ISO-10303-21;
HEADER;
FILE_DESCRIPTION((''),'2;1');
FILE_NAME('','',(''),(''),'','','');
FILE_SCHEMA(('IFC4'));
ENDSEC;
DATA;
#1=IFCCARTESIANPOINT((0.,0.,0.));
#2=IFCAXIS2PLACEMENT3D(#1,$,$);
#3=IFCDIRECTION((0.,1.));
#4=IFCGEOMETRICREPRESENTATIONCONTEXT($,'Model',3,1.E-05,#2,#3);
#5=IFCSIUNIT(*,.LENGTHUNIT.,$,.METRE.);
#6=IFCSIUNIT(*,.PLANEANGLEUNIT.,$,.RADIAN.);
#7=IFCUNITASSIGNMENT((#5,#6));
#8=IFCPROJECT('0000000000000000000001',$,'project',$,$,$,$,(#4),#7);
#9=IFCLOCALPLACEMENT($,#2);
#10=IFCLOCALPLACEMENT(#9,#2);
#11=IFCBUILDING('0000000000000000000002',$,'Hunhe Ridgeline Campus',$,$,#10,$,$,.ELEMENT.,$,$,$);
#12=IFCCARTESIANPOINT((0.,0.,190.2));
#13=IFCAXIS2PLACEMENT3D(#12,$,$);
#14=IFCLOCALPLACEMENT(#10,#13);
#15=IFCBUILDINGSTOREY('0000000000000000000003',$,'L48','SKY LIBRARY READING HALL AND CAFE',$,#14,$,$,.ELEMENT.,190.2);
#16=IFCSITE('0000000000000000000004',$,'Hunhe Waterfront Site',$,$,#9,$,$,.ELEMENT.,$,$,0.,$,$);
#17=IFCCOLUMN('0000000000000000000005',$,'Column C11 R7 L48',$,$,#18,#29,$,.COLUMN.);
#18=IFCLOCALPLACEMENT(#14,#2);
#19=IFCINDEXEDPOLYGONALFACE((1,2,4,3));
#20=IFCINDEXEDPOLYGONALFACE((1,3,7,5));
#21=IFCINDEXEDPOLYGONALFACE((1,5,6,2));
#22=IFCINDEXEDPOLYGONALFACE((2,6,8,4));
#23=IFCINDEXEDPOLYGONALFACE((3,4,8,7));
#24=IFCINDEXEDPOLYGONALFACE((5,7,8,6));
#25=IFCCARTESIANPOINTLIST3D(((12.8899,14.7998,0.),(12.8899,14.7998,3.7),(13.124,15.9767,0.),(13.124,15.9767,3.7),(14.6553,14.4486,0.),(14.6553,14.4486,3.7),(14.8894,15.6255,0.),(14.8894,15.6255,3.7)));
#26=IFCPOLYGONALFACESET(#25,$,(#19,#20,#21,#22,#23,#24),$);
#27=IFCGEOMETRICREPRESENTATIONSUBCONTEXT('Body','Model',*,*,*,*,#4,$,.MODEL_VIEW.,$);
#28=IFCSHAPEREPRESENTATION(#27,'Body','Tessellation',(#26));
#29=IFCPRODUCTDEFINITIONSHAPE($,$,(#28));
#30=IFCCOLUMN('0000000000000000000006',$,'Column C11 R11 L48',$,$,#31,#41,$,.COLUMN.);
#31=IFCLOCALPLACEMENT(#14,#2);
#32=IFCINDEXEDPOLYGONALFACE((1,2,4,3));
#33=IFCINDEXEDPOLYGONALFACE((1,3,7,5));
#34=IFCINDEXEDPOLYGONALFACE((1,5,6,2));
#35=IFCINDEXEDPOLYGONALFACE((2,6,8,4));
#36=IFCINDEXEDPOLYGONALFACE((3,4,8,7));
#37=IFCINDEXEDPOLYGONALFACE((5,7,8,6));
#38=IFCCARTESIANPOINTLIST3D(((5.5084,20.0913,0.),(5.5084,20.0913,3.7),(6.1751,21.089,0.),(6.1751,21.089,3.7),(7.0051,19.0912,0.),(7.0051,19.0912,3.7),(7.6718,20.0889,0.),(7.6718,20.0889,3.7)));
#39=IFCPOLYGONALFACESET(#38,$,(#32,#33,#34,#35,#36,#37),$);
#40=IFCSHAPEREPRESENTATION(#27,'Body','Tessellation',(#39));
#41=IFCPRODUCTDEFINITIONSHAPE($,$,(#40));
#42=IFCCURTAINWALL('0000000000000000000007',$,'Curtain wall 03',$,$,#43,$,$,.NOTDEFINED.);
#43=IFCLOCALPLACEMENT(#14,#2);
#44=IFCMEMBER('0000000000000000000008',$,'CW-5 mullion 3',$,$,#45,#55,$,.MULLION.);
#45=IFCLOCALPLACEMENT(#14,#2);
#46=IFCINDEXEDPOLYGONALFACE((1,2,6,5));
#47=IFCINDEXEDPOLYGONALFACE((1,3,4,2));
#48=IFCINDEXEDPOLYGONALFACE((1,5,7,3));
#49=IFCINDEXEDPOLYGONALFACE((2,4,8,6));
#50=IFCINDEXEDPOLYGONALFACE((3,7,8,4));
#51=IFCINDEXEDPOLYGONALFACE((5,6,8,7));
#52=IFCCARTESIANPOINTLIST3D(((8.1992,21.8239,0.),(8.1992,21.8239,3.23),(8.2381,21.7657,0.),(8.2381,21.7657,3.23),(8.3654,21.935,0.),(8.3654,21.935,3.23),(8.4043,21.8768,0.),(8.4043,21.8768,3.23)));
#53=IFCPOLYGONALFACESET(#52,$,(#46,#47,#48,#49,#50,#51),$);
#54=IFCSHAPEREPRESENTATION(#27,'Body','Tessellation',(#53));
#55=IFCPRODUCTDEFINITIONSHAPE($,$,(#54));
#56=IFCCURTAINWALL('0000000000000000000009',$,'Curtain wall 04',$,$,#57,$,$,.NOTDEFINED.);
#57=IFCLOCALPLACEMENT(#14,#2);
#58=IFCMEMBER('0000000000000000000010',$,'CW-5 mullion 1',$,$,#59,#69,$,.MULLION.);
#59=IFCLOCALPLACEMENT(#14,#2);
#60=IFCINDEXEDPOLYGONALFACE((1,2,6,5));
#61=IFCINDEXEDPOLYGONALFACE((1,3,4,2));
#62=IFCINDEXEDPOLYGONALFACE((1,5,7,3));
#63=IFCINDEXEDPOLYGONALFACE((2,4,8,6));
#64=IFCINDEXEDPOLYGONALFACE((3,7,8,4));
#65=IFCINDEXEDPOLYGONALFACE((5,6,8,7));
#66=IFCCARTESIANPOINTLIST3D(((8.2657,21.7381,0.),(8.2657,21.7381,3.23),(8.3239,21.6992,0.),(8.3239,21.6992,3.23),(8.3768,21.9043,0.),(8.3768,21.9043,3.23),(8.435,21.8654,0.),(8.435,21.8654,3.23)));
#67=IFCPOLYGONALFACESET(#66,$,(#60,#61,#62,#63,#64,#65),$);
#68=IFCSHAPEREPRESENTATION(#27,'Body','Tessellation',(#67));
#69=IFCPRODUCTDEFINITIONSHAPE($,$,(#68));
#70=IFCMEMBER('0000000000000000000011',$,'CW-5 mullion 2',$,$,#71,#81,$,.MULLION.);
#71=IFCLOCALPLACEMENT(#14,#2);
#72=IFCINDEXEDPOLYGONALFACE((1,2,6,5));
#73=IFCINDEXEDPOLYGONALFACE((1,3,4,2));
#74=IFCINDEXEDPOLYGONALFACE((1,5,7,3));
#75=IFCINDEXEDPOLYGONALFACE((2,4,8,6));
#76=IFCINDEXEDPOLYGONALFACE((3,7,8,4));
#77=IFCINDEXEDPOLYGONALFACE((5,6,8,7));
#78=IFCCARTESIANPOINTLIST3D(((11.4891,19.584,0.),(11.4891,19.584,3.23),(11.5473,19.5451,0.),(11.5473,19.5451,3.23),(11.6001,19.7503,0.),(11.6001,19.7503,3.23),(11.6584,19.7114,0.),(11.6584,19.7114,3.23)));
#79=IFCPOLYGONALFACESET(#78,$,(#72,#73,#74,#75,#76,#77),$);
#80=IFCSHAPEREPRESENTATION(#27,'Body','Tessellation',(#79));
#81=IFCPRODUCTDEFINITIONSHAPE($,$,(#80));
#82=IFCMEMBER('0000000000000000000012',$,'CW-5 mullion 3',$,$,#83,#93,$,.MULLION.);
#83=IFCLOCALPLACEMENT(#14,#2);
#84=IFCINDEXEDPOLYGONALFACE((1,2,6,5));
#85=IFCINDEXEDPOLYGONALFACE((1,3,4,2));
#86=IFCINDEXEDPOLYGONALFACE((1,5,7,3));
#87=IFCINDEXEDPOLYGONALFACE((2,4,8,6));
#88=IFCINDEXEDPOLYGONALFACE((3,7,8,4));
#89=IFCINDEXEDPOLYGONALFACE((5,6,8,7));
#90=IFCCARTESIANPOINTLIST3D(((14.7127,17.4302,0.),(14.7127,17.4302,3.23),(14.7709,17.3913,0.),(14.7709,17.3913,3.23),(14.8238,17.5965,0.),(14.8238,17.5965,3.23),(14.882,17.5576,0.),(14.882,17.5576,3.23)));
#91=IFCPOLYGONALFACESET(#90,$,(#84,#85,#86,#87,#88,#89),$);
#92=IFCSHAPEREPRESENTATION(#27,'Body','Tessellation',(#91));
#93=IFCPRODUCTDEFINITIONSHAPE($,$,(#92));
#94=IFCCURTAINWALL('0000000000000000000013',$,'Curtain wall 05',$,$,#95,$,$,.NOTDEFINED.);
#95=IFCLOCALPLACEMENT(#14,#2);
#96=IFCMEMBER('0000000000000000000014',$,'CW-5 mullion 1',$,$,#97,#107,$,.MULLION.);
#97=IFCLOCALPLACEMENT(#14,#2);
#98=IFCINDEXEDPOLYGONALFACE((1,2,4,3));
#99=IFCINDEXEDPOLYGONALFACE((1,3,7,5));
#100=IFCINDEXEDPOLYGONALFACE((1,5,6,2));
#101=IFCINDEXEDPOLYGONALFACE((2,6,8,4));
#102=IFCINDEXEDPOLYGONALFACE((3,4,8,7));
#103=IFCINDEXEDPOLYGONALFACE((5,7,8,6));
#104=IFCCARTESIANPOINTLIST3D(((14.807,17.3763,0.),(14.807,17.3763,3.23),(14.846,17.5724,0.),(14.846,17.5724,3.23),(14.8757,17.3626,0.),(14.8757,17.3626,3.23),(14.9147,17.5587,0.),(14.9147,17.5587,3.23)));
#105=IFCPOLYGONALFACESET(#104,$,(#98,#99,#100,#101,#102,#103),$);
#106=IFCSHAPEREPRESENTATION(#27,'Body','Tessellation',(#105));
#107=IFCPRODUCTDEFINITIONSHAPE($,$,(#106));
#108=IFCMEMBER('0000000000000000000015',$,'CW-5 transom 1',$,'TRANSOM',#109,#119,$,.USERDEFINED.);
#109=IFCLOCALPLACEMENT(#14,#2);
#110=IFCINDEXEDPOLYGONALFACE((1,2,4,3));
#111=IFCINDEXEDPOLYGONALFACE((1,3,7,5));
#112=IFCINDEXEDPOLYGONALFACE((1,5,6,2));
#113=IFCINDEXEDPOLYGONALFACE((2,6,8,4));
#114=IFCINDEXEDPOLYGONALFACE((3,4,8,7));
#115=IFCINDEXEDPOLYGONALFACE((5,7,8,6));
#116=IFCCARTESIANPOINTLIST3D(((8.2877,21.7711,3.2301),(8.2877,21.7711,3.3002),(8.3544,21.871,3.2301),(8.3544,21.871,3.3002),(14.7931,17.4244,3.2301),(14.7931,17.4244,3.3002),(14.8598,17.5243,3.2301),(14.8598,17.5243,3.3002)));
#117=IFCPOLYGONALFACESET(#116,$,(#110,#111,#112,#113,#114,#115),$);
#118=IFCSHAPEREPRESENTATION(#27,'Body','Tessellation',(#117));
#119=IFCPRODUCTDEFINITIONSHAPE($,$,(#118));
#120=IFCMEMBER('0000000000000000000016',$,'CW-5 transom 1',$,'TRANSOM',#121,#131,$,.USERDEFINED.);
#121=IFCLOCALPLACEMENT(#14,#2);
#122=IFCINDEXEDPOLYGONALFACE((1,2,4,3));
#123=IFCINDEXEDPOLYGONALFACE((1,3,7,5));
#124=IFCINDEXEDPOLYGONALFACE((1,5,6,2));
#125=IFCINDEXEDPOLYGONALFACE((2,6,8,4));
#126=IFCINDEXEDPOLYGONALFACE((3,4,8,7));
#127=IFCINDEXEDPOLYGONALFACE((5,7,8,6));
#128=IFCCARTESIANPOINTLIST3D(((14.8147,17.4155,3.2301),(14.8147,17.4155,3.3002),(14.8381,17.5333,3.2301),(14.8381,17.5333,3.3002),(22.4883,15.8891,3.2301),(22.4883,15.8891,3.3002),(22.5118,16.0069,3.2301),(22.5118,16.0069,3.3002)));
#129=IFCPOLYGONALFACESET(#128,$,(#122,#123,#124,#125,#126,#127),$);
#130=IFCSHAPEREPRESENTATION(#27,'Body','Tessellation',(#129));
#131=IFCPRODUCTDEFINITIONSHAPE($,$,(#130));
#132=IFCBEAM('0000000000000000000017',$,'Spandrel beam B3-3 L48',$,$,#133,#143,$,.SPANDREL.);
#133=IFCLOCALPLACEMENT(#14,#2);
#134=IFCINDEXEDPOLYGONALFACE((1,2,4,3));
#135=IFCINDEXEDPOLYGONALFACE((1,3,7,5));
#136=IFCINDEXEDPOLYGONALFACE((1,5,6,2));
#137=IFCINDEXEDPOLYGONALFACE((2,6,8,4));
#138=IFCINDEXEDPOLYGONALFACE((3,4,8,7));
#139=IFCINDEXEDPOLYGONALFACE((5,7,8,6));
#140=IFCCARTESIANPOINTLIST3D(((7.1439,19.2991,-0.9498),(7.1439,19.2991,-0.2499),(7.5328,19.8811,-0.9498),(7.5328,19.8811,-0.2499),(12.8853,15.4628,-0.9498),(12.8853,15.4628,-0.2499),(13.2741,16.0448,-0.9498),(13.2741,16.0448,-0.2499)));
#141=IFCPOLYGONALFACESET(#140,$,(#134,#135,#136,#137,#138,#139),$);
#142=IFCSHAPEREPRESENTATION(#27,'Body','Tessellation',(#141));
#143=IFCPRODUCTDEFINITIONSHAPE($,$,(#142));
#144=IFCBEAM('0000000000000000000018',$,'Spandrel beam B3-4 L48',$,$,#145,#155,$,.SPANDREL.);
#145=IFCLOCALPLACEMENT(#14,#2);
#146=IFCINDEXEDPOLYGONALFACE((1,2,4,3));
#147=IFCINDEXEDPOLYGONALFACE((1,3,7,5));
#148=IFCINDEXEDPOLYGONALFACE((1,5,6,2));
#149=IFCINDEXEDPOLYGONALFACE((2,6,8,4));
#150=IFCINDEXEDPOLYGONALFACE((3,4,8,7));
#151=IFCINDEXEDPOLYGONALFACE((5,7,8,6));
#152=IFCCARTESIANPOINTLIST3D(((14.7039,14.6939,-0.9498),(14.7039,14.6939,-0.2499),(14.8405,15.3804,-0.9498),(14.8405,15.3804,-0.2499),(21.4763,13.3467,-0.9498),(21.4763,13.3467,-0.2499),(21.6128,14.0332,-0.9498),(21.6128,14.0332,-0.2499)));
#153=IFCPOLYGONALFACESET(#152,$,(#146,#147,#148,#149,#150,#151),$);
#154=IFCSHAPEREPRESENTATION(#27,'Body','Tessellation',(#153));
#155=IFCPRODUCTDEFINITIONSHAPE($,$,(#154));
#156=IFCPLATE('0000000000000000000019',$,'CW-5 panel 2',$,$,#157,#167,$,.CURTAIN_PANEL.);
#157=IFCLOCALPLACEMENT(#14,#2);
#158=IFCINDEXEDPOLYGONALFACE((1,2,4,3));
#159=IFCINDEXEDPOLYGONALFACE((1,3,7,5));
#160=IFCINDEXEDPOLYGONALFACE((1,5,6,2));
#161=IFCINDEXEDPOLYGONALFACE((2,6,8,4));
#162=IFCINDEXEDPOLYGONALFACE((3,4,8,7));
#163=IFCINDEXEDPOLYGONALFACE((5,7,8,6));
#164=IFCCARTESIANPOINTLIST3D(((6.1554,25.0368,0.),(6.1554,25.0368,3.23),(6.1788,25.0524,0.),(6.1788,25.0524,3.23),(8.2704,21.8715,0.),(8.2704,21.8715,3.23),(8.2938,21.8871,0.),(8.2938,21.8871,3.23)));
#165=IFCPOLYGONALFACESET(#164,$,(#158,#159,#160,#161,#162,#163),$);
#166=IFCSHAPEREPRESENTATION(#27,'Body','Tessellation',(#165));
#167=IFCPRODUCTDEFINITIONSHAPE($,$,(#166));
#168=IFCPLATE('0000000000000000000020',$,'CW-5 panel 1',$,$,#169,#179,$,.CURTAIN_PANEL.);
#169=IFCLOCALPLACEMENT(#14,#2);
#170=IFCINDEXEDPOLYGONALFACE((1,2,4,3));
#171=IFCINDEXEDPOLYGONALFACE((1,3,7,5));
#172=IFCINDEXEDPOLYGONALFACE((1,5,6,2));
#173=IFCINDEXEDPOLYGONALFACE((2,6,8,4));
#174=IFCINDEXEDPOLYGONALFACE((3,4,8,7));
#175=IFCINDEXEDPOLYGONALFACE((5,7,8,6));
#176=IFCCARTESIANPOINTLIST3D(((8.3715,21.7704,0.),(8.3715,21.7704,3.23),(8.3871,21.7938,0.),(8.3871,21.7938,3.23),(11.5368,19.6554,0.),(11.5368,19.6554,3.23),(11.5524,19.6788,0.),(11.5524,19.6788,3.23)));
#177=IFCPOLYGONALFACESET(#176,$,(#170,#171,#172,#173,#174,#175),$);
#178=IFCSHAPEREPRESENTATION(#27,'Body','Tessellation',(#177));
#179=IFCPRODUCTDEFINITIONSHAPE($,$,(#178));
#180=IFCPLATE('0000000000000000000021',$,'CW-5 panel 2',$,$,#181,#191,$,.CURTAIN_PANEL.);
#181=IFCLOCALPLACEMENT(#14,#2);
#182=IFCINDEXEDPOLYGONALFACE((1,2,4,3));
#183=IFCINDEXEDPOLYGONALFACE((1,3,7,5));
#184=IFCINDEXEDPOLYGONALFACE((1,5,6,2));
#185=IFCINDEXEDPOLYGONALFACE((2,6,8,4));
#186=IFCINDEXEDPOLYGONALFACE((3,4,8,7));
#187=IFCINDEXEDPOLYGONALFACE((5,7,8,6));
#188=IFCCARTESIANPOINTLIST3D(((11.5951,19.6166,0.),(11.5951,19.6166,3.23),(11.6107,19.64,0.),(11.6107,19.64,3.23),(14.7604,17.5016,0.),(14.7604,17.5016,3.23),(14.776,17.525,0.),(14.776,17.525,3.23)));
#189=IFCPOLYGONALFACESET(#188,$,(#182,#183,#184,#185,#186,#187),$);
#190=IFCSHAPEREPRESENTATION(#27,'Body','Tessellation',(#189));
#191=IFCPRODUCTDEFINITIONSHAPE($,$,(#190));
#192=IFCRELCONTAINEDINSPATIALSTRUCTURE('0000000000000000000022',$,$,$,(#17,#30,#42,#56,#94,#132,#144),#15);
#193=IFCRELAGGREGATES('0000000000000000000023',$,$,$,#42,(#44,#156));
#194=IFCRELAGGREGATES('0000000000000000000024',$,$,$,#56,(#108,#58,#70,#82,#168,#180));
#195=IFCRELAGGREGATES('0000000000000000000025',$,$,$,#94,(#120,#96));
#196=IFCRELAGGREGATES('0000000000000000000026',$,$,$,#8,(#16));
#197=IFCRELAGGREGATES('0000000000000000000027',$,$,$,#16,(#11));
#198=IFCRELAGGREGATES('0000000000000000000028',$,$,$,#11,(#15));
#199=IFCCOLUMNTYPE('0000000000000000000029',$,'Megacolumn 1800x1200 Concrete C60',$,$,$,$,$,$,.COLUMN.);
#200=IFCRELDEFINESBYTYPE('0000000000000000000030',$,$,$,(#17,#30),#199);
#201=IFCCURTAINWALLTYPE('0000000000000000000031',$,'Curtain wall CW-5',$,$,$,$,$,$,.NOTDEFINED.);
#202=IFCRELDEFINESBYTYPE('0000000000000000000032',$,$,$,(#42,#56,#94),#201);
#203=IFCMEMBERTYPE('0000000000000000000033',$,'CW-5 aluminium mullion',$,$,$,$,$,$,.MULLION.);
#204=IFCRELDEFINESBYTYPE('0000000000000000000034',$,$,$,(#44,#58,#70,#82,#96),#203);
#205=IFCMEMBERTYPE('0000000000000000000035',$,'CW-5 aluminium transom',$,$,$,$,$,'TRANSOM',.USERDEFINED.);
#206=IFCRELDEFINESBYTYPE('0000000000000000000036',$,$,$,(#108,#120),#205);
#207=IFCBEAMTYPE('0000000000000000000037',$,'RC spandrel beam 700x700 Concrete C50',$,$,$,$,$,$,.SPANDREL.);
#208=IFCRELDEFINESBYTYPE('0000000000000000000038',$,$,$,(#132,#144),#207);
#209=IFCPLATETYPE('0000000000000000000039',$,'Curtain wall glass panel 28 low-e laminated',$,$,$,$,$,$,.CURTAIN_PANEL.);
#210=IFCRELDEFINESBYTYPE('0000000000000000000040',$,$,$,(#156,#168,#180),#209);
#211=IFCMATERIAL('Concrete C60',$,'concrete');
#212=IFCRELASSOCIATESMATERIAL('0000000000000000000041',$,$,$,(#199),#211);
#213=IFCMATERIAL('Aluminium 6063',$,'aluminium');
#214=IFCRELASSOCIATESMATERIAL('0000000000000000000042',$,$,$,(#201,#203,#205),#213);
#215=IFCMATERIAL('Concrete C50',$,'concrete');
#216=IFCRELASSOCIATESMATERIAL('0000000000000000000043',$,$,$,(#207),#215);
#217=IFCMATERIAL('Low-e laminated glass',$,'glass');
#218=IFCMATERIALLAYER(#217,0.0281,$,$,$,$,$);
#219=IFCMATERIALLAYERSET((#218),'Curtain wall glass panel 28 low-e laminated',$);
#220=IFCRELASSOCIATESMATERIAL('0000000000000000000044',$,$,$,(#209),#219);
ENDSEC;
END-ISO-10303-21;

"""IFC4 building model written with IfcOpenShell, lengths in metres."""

from ifc_helpers import new_model, si_unit, direction, frame, origin, origin_2d, place, context, subcontext, project, spatial, rectangle, extrude, material, layer, layer_set, material_profile, profile_set, type_object, element, aggregate, save


model = new_model("IFC4")

# Units and contexts
model_context = context("Model", 3, precision=1e-05, world=origin(), true_north=direction((0.0, 1.0)))
body_context = subcontext(model_context, "Body", "Model", "MODEL_VIEW")
ifc_project = project(units=[si_unit("LENGTHUNIT", "METRE"), si_unit("PLANEANGLEUNIT", "RADIAN")], contexts=[model_context])

# Site, building, storey
site_placement = place(None, origin())
site = spatial("IfcSite", under=ifc_project, at=site_placement, Name="Hunhe Waterfront Site", CompositionType="ELEMENT", RefElevation=0.0)
building_placement = place(site_placement, origin())
building = spatial("IfcBuilding", under=site, at=building_placement, Name="Hunhe Ridgeline Campus", CompositionType="ELEMENT")
storey_placement = place(building_placement, frame((0.0, 0.0, 190.2)))
storey = spatial("IfcBuildingStorey", under=building, at=storey_placement, Name="L48", Description="SKY LIBRARY READING HALL AND CAFE", CompositionType="ELEMENT", Elevation=190.2)

# Columns
ifc_material_1 = material(Name="Concrete C60", Category="concrete")
ifc_material_profile_1 = material_profile(ifc_material_1, rectangle(XDim=1.8, YDim=1.2, at=origin_2d()))
ifc_profile_set_1 = profile_set([ifc_material_profile_1], Name="Concrete C60")
column_type = type_object("IfcColumnType", Name="Megacolumn 1800x1200 Concrete C60", PredefinedType="COLUMN", material=ifc_profile_set_1)
for number, where, z_axis, x_axis, name in (
    (1, (13.8896, 15.2126, 0.0), (0.0, 0.0, 1.0), (-0.980785, 0.19509, 0.0), "Column C11 R7 L48"),
    (2, (6.5901, 20.0901, 0.0), (0.0, 0.0, 1.0), (-0.83147, 0.55557, 0.0), "Column C11 R11 L48"),
):
    element("IfcColumn", number, at=place(storey_placement, frame(where, z_axis=z_axis, x_axis=x_axis)), inside=storey, type_object=column_type, Name=name, PredefinedType="COLUMN", context=body_context, shape_type="SweptSolid", body=[
        extrude(rectangle(XDim=1.8, YDim=1.2, at=origin_2d()), origin(), (0.0, 0.0, 1.0), 3.7),
    ])

# Curtain wall, member
ifc_material_2 = material(Name="Aluminium 6063", Category="aluminium")
curtain_wall_type = type_object("IfcCurtainWallType", Name="Curtain wall CW-5", PredefinedType="NOTDEFINED", material=ifc_material_2)
curtain_wall_1_placement = place(storey_placement, origin())
curtain_wall_1 = element("IfcCurtainWall", 3, at=curtain_wall_1_placement, inside=storey, type_object=curtain_wall_type, Name="Curtain wall 03", PredefinedType="NOTDEFINED")
ifc_material_profile_2 = material_profile(ifc_material_2, rectangle(XDim=0.2, YDim=0.0701, at=origin_2d()))
ifc_profile_set_2 = profile_set([ifc_material_profile_2], Name="Aluminium 6063")
member_type_1 = type_object("IfcMemberType", Name="CW-5 aluminium mullion", PredefinedType="MULLION", material=ifc_profile_set_2)
member_1_placement = place(storey_placement, frame((8.3018, 21.8503, 0.0), z_axis=(0.0, 0.0, 1.0), x_axis=(0.83147, 0.55557, 0.0)))
member_1 = element("IfcMember", 4, at=member_1_placement, type_object=member_type_1, Name="CW-5 mullion 3", PredefinedType="MULLION", context=body_context, shape_type="SweptSolid", body=[
    extrude(rectangle(XDim=0.2, YDim=0.0701, at=origin_2d()), origin(), (0.0, 0.0, 1.0), 3.23),
])

# Curtain wall, members
curtain_wall_2_placement = place(storey_placement, origin())
curtain_wall_2 = element("IfcCurtainWall", 5, at=curtain_wall_2_placement, inside=storey, type_object=curtain_wall_type, Name="Curtain wall 04", PredefinedType="NOTDEFINED")
member_2_placement = place(storey_placement, frame((8.3503, 21.8018, 0.0), z_axis=(0.0, 0.0, 1.0), x_axis=(0.55557, 0.83147, 0.0)))
member_2 = element("IfcMember", 6, at=member_2_placement, type_object=member_type_1, Name="CW-5 mullion 1", PredefinedType="MULLION", context=body_context, shape_type="SweptSolid", body=[
    extrude(rectangle(XDim=0.2, YDim=0.0701, at=origin_2d()), origin(), (0.0, 0.0, 1.0), 3.23),
])
member_3_placement = place(storey_placement, frame((11.5737, 19.6477, 0.0), z_axis=(0.0, 0.0, 1.0), x_axis=(0.55557, 0.83147, 0.0)))
member_3 = element("IfcMember", 7, at=member_3_placement, type_object=member_type_1, Name="CW-5 mullion 2", PredefinedType="MULLION", context=body_context, shape_type="SweptSolid", body=[
    extrude(rectangle(XDim=0.2, YDim=0.0701, at=origin_2d()), origin(), (0.0, 0.0, 1.0), 3.23),
])
member_4_placement = place(storey_placement, frame((14.7974, 17.4939, 0.0), z_axis=(0.0, 0.0, 1.0), x_axis=(0.55557, 0.83147, 0.0)))
member_4 = element("IfcMember", 8, at=member_4_placement, type_object=member_type_1, Name="CW-5 mullion 3", PredefinedType="MULLION", context=body_context, shape_type="SweptSolid", body=[
    extrude(rectangle(XDim=0.2, YDim=0.0701, at=origin_2d()), origin(), (0.0, 0.0, 1.0), 3.23),
])

# Curtain wall, member
curtain_wall_3_placement = place(storey_placement, origin())
curtain_wall_3 = element("IfcCurtainWall", 9, at=curtain_wall_3_placement, inside=storey, type_object=curtain_wall_type, Name="Curtain wall 05", PredefinedType="NOTDEFINED")
member_5_placement = place(storey_placement, frame((14.8608, 17.4675, 0.0), z_axis=(0.0, 0.0, 1.0), x_axis=(0.19509, 0.980785, 0.0)))
member_5 = element("IfcMember", 10, at=member_5_placement, type_object=member_type_1, Name="CW-5 mullion 1", PredefinedType="MULLION", context=body_context, shape_type="SweptSolid", body=[
    extrude(rectangle(XDim=0.2, YDim=0.0701, at=origin_2d()), origin(), (0.0, 0.0, 1.0), 3.23),
])

# Members
ifc_material_profile_3 = material_profile(ifc_material_2, rectangle(XDim=0.1201, YDim=0.0701, at=origin_2d()))
ifc_profile_set_3 = profile_set([ifc_material_profile_3], Name="Aluminium 6063")
member_type_2 = type_object("IfcMemberType", Name="CW-5 aluminium transom", ElementType="TRANSOM", PredefinedType="USERDEFINED", material=ifc_profile_set_3)
member_6_placement = place(storey_placement, frame((8.321, 21.821, 3.2651), z_axis=(0.831474, -0.555564, 0.0), x_axis=(0.555564, 0.831474, 0.0)))
member_6 = element("IfcMember", 11, at=member_6_placement, type_object=member_type_2, Name="CW-5 transom 1", ObjectType="TRANSOM", PredefinedType="USERDEFINED", context=body_context, shape_type="SweptSolid", body=[
    extrude(rectangle(XDim=0.1201, YDim=0.0701, at=origin_2d()), origin(), (0.0, 0.0, 1.0), 7.824),
])
member_7_placement = place(storey_placement, frame((14.8264, 17.4744, 3.2651), z_axis=(0.980785, -0.19509, 0.0), x_axis=(0.19509, 0.980785, 0.0)))
member_7 = element("IfcMember", 12, at=member_7_placement, type_object=member_type_2, Name="CW-5 transom 1", ObjectType="TRANSOM", PredefinedType="USERDEFINED", context=body_context, shape_type="SweptSolid", body=[
    extrude(rectangle(XDim=0.1201, YDim=0.0701, at=origin_2d()), origin(), (0.0, 0.0, 1.0), 7.824),
])

# Beams
ifc_material_3 = material(Name="Concrete C50", Category="concrete")
ifc_material_profile_4 = material_profile(ifc_material_3, rectangle(XDim=0.7, YDim=0.7, at=origin_2d()))
ifc_profile_set_4 = profile_set([ifc_material_profile_4], Name="Concrete C50")
beam_type = type_object("IfcBeamType", Name="RC spandrel beam 700x700 Concrete C50", PredefinedType="SPANDREL", material=ifc_profile_set_4)
for number, where, z_axis, x_axis, name in (
    (13, (7.3384, 19.5901, -0.5999), (0.831468, -0.555573, 0.0), (0.555573, 0.831468, 0.0), "Spandrel beam B3-3 L48"),
    (14, (14.7722, 15.0371, -0.5999), (0.980784, -0.195096, 0.0), (0.195096, 0.980784, 0.0), "Spandrel beam B3-4 L48"),
):
    element("IfcBeam", number, at=place(storey_placement, frame(where, z_axis=z_axis, x_axis=x_axis)), inside=storey, type_object=beam_type, Name=name, PredefinedType="SPANDREL", context=body_context, shape_type="SweptSolid", body=[
        extrude(rectangle(XDim=0.7, YDim=0.7, at=origin_2d()), origin(), (0.0, 0.0, 1.0), 6.905),
    ])

# Plates
ifc_material_4 = material(Name="Low-e laminated glass", Category="glass")
ifc_layer_1 = layer(ifc_material_4, 0.0281)
ifc_layer_set_1 = layer_set([ifc_layer_1], Name="Curtain wall glass panel 28 low-e laminated")
plate_type = type_object("IfcPlateType", Name="Curtain wall glass panel 28 low-e laminated", PredefinedType="CURTAIN_PANEL", material=ifc_layer_set_1)
plate_1_placement = place(storey_placement, frame((7.2246, 23.4619, 0.0), z_axis=(0.0, 0.0, 1.0), x_axis=(0.55557, -0.83147, 0.0)))
plate_1 = element("IfcPlate", 15, at=plate_1_placement, type_object=plate_type, Name="CW-5 panel 2", PredefinedType="CURTAIN_PANEL", context=body_context, shape_type="SweptSolid", body=[
    extrude(rectangle(XDim=3.8069, YDim=0.0281, at=origin_2d()), origin(), (0.0, 0.0, 1.0), 3.23),
])
aggregate(curtain_wall_1, [member_1, plate_1])
plate_2_placement = place(storey_placement, frame((9.9619, 20.7246, 0.0), z_axis=(0.0, 0.0, 1.0), x_axis=(0.83147, -0.55557, 0.0)))
plate_2 = element("IfcPlate", 16, at=plate_2_placement, type_object=plate_type, Name="CW-5 panel 1", PredefinedType="CURTAIN_PANEL", context=body_context, shape_type="SweptSolid", body=[
    extrude(rectangle(XDim=3.8069, YDim=0.0281, at=origin_2d()), origin(), (0.0, 0.0, 1.0), 3.23),
])
plate_3_placement = place(storey_placement, frame((13.1855, 18.5708, 0.0), z_axis=(0.0, 0.0, 1.0), x_axis=(0.83147, -0.55557, 0.0)))
plate_3 = element("IfcPlate", 17, at=plate_3_placement, type_object=plate_type, Name="CW-5 panel 2", PredefinedType="CURTAIN_PANEL", context=body_context, shape_type="SweptSolid", body=[
    extrude(rectangle(XDim=3.8069, YDim=0.0281, at=origin_2d()), origin(), (0.0, 0.0, 1.0), 3.23),
])
aggregate(curtain_wall_2, [member_6, member_2, member_3, member_4, plate_2, plate_3])
aggregate(curtain_wall_3, [member_7, member_5])

save(model, "model.ifc")
